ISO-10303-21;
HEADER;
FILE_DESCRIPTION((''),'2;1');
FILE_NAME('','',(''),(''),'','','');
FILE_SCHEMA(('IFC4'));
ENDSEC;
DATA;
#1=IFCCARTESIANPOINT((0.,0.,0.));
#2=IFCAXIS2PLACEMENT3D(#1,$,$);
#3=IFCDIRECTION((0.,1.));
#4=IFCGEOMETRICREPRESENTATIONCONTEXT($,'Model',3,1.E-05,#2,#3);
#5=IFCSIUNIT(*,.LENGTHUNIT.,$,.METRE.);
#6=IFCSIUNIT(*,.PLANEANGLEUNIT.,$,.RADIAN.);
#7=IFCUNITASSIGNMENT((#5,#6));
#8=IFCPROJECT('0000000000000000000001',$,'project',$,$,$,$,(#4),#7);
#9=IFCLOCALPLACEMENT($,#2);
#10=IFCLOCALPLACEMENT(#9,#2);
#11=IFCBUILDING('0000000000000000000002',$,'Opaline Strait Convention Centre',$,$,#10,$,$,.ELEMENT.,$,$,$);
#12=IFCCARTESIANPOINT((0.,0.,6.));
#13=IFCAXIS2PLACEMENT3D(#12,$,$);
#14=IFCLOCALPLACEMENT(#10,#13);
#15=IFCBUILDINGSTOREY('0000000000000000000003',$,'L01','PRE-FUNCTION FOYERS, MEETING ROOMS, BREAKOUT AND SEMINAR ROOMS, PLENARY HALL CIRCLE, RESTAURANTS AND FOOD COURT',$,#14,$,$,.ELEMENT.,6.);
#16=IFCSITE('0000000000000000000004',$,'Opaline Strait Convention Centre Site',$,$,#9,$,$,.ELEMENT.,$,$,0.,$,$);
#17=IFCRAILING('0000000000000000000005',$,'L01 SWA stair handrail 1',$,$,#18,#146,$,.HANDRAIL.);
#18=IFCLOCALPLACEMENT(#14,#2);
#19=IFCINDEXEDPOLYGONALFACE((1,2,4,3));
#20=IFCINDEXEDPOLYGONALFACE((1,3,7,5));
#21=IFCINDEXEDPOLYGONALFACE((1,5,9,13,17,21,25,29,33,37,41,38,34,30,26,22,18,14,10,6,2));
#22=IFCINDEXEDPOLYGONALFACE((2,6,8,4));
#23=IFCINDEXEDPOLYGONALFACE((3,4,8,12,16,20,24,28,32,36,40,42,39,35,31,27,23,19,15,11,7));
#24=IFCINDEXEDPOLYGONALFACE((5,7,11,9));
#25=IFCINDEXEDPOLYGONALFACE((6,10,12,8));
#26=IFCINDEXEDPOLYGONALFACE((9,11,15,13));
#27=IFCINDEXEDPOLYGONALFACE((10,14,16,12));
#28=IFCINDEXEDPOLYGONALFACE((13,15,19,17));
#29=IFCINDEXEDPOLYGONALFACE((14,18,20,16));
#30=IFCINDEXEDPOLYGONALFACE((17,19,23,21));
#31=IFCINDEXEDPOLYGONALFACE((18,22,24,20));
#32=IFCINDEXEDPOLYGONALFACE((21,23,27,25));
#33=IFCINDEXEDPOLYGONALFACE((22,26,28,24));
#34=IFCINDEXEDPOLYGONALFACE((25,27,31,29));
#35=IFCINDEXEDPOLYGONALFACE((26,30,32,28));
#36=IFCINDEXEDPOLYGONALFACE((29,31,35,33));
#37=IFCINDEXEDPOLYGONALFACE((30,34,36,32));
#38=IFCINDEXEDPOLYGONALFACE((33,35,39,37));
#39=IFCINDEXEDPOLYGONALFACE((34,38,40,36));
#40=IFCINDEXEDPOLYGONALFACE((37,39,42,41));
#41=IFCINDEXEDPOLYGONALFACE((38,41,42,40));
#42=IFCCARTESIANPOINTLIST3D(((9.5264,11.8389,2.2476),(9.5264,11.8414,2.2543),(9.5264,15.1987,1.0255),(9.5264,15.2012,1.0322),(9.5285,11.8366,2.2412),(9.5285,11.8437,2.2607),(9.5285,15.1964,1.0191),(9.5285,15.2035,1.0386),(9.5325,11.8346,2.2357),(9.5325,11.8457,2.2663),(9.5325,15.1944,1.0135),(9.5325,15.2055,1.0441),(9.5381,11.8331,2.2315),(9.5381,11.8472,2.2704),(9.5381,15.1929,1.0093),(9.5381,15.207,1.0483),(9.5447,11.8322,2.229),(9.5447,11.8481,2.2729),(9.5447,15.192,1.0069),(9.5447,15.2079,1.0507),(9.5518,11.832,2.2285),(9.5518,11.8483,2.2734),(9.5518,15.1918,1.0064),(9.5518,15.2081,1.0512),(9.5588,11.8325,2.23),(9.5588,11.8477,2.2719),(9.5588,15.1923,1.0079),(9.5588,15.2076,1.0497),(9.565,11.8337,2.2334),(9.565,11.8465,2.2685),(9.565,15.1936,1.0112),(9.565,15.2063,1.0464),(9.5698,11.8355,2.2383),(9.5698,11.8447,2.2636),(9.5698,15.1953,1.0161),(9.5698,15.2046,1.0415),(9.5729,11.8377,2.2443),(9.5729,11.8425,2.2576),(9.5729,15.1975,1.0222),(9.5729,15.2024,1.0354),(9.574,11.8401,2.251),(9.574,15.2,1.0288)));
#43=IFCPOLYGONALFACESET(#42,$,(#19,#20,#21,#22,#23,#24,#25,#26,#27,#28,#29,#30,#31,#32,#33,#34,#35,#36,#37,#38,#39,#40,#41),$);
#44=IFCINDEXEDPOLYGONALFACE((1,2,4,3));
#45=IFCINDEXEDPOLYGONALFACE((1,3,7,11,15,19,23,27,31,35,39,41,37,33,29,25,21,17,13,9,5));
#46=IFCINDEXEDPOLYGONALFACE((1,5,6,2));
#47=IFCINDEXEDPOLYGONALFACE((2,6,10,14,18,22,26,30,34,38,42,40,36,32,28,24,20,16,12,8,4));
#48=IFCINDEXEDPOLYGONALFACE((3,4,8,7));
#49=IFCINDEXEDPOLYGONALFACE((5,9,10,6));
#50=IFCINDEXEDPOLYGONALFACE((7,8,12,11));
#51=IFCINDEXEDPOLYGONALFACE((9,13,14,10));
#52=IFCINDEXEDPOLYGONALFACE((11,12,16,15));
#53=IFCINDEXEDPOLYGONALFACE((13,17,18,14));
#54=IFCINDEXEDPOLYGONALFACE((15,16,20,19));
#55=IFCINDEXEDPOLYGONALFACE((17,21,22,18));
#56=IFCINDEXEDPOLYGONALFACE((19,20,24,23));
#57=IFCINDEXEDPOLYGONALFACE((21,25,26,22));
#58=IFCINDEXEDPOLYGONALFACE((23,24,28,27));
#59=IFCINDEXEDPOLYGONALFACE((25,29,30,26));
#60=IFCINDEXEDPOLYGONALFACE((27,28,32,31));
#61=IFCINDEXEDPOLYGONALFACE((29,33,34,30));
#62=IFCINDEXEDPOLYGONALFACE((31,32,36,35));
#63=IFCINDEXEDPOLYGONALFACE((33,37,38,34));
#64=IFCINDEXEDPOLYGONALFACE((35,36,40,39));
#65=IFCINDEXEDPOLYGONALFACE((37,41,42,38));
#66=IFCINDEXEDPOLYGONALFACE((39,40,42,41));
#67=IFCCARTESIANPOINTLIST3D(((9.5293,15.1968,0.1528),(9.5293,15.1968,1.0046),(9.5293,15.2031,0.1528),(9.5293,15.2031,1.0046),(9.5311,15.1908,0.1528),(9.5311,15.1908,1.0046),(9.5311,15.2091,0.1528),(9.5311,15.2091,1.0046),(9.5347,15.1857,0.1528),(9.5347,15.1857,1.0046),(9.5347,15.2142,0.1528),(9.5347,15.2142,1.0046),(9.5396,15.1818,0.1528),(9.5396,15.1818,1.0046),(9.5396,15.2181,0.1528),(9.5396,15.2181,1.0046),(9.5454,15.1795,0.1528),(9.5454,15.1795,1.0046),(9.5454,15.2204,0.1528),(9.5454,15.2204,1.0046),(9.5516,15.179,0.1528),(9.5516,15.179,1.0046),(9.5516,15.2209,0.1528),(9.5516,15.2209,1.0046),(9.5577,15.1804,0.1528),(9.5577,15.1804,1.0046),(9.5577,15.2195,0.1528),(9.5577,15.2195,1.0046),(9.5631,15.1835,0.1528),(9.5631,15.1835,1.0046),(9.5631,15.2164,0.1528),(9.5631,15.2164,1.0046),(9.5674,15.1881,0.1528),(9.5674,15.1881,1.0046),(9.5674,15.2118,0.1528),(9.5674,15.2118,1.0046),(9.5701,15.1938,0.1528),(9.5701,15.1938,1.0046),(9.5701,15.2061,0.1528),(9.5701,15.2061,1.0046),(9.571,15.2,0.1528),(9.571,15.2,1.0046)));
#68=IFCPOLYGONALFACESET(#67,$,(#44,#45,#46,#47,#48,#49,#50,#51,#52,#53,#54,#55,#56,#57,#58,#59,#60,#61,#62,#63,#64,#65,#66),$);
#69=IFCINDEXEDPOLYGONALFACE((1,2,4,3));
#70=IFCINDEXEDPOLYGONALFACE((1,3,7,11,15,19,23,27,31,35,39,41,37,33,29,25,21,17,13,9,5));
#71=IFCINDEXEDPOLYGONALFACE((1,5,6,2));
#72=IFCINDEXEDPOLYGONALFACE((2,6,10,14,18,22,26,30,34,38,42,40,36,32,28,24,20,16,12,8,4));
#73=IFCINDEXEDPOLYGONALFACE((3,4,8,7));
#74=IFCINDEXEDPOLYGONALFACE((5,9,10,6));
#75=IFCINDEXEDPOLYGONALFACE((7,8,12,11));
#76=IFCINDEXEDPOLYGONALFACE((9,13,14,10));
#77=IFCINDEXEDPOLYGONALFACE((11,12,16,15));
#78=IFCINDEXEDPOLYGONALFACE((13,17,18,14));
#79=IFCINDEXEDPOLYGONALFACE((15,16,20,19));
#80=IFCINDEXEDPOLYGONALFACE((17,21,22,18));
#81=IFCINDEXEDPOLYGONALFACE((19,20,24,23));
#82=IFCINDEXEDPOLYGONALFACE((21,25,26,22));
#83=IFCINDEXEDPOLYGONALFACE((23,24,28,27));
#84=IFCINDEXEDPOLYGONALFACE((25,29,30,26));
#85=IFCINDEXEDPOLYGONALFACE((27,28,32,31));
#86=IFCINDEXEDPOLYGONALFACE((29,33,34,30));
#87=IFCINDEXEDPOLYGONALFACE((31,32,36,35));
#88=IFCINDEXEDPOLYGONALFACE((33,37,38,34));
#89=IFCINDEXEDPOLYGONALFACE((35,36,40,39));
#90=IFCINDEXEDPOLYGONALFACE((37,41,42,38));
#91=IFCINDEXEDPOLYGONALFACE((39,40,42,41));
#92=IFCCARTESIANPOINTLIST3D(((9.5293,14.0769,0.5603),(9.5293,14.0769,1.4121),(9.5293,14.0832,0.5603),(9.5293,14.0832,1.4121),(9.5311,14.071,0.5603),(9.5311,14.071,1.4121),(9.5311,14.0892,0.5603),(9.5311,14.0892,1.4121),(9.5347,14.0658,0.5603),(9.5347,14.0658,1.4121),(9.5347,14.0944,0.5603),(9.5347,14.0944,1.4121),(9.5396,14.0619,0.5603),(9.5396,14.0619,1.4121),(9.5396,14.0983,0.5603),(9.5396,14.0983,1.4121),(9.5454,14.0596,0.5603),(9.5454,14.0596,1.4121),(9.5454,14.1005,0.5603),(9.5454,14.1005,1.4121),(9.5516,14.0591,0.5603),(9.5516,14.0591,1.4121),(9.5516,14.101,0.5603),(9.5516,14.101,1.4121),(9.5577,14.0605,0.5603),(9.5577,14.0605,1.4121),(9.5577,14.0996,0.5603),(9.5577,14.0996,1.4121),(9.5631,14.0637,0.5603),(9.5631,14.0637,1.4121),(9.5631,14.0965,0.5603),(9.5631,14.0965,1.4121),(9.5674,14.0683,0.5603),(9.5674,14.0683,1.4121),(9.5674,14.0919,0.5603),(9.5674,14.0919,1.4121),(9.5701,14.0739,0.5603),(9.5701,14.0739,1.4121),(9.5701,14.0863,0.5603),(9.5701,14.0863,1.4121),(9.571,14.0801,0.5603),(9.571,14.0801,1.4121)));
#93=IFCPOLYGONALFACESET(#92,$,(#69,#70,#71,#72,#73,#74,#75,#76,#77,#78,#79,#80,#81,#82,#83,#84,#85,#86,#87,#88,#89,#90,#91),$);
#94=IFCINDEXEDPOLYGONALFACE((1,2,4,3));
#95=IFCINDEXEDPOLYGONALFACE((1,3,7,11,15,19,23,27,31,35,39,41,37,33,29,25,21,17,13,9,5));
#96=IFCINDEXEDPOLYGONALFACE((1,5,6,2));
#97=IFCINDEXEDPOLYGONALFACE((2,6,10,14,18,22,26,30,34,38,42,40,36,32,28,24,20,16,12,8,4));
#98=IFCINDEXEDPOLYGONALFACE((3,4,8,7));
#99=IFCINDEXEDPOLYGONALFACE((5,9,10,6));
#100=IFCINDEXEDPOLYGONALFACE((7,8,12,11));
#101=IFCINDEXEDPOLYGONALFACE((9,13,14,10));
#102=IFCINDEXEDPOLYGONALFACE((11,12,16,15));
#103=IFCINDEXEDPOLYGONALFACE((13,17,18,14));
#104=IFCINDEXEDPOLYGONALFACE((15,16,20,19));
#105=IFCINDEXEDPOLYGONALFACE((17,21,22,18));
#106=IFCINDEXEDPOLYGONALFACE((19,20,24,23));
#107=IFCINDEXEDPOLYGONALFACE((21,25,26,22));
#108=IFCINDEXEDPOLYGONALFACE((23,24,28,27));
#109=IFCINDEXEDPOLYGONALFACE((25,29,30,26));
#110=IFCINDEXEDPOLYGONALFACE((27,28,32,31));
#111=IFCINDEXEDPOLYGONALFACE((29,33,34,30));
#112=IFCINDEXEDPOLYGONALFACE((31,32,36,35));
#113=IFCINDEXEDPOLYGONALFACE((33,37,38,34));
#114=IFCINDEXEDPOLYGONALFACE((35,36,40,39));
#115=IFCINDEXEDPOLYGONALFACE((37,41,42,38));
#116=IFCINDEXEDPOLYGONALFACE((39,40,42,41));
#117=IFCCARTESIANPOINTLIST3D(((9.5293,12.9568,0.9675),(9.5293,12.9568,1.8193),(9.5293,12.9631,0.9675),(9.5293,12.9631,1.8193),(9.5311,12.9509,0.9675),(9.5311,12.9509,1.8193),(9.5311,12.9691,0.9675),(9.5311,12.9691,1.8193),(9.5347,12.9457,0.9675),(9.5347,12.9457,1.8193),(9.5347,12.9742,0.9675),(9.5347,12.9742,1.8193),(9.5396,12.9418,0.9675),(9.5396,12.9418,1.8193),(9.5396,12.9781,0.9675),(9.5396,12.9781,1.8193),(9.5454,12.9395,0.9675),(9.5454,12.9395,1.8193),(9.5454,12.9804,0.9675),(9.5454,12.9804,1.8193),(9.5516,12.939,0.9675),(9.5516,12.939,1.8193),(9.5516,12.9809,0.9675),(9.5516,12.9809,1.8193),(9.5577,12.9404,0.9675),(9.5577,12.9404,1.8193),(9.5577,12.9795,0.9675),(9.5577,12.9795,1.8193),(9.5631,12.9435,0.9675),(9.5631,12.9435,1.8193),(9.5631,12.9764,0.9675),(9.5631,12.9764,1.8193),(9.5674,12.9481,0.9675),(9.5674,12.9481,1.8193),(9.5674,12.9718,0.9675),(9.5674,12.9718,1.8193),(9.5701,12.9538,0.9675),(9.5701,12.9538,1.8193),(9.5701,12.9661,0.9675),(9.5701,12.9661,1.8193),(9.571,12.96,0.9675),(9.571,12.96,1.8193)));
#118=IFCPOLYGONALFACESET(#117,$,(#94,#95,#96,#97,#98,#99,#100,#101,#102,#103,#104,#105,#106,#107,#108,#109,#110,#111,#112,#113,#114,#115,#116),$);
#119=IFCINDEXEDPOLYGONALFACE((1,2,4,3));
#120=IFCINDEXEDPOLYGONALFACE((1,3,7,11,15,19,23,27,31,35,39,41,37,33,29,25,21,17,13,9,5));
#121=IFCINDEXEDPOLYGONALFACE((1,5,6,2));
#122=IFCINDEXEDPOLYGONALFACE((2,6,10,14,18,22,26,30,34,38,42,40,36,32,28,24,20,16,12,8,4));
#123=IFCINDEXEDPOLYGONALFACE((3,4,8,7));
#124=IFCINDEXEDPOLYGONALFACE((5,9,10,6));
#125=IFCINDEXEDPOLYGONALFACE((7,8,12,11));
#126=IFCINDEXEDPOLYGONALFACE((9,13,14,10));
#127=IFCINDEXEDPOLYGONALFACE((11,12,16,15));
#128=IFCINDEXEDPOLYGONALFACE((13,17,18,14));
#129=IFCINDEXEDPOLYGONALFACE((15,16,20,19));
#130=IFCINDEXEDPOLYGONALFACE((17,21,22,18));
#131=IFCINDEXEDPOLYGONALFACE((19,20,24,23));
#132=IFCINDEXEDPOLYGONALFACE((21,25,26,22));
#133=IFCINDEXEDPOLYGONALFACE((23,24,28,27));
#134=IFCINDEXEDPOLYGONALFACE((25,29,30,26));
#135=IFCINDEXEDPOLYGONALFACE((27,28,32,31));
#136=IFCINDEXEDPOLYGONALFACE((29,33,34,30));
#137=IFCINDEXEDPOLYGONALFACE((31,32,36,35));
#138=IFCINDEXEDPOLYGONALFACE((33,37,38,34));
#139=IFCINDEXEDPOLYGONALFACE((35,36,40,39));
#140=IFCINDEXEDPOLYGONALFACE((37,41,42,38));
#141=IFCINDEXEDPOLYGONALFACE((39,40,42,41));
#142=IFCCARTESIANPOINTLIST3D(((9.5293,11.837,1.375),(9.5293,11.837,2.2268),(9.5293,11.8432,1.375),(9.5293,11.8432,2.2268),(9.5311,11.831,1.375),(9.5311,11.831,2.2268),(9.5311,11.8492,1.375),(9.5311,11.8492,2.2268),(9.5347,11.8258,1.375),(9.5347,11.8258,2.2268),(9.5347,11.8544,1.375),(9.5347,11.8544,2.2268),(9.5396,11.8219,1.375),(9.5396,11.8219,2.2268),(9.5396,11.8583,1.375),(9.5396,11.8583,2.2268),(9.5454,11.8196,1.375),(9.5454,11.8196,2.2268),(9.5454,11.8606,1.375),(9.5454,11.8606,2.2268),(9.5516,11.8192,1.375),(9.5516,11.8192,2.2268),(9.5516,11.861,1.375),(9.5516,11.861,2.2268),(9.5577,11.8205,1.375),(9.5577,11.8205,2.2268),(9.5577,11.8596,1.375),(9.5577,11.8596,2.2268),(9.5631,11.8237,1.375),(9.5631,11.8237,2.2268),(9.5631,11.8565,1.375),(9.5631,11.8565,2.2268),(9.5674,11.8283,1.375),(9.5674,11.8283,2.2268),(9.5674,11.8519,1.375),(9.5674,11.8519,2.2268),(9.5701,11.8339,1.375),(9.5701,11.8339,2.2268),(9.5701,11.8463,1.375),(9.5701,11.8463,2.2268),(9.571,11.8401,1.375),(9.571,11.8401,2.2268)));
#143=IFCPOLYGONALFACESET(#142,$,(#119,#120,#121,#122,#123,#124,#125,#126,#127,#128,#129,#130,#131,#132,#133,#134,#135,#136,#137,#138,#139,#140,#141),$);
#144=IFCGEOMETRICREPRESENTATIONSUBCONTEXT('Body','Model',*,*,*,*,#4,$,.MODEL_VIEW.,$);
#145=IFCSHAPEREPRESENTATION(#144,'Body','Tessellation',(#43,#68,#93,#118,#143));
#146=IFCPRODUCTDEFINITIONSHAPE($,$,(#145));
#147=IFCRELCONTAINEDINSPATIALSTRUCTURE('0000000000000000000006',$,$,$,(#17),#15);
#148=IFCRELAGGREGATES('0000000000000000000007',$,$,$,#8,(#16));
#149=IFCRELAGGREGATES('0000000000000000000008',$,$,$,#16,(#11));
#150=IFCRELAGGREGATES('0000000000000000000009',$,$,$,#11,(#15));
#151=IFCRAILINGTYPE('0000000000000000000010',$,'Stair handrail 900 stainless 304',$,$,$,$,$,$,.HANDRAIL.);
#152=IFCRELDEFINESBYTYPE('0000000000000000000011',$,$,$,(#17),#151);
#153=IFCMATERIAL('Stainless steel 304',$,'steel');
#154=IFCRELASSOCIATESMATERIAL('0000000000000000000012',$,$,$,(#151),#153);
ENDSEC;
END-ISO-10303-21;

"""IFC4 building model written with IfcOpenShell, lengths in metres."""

from ifc_helpers import new_model, si_unit, direction, frame, origin, origin_2d, place, context, subcontext, project, spatial, circle, extrude, material, type_object, element, save


model = new_model("IFC4")

# Units and contexts
model_context = context("Model", 3, precision=1e-05, world=origin(), true_north=direction((0.0, 1.0)))
body_context = subcontext(model_context, "Body", "Model", "MODEL_VIEW")
ifc_project = project(units=[si_unit("LENGTHUNIT", "METRE"), si_unit("PLANEANGLEUNIT", "RADIAN")], contexts=[model_context])

# Site, building, storey
site_placement = place(None, origin())
site = spatial("IfcSite", under=ifc_project, at=site_placement, Name="Opaline Strait Convention Centre Site", CompositionType="ELEMENT", RefElevation=0.0)
building_placement = place(site_placement, origin())
building = spatial("IfcBuilding", under=site, at=building_placement, Name="Opaline Strait Convention Centre", CompositionType="ELEMENT")
storey_placement = place(building_placement, frame((0.0, 0.0, 6.0)))
storey = spatial("IfcBuildingStorey", under=building, at=storey_placement, Name="L01", Description="PRE-FUNCTION FOYERS, MEETING ROOMS, BREAKOUT AND SEMINAR ROOMS, PLENARY HALL CIRCLE, RESTAURANTS AND FOOD COURT", CompositionType="ELEMENT", Elevation=6.0)

# Railing
ifc_material_1 = material(Name="Stainless steel 304", Category="steel")
railing_type_1 = type_object("IfcRailingType", Name="Stair handrail 900 stainless 304", PredefinedType="HANDRAIL", material=ifc_material_1)
railing_1_placement = place(storey_placement, frame((9.55, 15.2, 0.1528)))
element("IfcRailing", 1, at=railing_1_placement, inside=storey, type_object=railing_type_1, Name="L01 SWA stair handrail 1", PredefinedType="HANDRAIL", context=body_context, shape_type="SweptSolid", body=[
    extrude(circle(Radius=0.0239, at=origin_2d()), frame((0.0, 0.0, 0.876), z_axis=(0.0, -0.939758, 0.341842), x_axis=(1.0, 0.0, 0.0)), (0.0, 0.0, 1.0), 3.5752),
    extrude(circle(Radius=0.021, at=origin_2d()), origin(), (0.0, 0.0, 1.0), 0.8518),
    extrude(circle(Radius=0.021, at=origin_2d()), frame((0.0, -1.1199, 0.4075)), (0.0, 0.0, 1.0), 0.8518),
    extrude(circle(Radius=0.021, at=origin_2d()), frame((0.0, -2.24, 0.8147)), (0.0, 0.0, 1.0), 0.8518),
    extrude(circle(Radius=0.021, at=origin_2d()), frame((0.0, -3.3599, 1.2222)), (0.0, 0.0, 1.0), 0.8518),
])

save(model, "model.ifc")
